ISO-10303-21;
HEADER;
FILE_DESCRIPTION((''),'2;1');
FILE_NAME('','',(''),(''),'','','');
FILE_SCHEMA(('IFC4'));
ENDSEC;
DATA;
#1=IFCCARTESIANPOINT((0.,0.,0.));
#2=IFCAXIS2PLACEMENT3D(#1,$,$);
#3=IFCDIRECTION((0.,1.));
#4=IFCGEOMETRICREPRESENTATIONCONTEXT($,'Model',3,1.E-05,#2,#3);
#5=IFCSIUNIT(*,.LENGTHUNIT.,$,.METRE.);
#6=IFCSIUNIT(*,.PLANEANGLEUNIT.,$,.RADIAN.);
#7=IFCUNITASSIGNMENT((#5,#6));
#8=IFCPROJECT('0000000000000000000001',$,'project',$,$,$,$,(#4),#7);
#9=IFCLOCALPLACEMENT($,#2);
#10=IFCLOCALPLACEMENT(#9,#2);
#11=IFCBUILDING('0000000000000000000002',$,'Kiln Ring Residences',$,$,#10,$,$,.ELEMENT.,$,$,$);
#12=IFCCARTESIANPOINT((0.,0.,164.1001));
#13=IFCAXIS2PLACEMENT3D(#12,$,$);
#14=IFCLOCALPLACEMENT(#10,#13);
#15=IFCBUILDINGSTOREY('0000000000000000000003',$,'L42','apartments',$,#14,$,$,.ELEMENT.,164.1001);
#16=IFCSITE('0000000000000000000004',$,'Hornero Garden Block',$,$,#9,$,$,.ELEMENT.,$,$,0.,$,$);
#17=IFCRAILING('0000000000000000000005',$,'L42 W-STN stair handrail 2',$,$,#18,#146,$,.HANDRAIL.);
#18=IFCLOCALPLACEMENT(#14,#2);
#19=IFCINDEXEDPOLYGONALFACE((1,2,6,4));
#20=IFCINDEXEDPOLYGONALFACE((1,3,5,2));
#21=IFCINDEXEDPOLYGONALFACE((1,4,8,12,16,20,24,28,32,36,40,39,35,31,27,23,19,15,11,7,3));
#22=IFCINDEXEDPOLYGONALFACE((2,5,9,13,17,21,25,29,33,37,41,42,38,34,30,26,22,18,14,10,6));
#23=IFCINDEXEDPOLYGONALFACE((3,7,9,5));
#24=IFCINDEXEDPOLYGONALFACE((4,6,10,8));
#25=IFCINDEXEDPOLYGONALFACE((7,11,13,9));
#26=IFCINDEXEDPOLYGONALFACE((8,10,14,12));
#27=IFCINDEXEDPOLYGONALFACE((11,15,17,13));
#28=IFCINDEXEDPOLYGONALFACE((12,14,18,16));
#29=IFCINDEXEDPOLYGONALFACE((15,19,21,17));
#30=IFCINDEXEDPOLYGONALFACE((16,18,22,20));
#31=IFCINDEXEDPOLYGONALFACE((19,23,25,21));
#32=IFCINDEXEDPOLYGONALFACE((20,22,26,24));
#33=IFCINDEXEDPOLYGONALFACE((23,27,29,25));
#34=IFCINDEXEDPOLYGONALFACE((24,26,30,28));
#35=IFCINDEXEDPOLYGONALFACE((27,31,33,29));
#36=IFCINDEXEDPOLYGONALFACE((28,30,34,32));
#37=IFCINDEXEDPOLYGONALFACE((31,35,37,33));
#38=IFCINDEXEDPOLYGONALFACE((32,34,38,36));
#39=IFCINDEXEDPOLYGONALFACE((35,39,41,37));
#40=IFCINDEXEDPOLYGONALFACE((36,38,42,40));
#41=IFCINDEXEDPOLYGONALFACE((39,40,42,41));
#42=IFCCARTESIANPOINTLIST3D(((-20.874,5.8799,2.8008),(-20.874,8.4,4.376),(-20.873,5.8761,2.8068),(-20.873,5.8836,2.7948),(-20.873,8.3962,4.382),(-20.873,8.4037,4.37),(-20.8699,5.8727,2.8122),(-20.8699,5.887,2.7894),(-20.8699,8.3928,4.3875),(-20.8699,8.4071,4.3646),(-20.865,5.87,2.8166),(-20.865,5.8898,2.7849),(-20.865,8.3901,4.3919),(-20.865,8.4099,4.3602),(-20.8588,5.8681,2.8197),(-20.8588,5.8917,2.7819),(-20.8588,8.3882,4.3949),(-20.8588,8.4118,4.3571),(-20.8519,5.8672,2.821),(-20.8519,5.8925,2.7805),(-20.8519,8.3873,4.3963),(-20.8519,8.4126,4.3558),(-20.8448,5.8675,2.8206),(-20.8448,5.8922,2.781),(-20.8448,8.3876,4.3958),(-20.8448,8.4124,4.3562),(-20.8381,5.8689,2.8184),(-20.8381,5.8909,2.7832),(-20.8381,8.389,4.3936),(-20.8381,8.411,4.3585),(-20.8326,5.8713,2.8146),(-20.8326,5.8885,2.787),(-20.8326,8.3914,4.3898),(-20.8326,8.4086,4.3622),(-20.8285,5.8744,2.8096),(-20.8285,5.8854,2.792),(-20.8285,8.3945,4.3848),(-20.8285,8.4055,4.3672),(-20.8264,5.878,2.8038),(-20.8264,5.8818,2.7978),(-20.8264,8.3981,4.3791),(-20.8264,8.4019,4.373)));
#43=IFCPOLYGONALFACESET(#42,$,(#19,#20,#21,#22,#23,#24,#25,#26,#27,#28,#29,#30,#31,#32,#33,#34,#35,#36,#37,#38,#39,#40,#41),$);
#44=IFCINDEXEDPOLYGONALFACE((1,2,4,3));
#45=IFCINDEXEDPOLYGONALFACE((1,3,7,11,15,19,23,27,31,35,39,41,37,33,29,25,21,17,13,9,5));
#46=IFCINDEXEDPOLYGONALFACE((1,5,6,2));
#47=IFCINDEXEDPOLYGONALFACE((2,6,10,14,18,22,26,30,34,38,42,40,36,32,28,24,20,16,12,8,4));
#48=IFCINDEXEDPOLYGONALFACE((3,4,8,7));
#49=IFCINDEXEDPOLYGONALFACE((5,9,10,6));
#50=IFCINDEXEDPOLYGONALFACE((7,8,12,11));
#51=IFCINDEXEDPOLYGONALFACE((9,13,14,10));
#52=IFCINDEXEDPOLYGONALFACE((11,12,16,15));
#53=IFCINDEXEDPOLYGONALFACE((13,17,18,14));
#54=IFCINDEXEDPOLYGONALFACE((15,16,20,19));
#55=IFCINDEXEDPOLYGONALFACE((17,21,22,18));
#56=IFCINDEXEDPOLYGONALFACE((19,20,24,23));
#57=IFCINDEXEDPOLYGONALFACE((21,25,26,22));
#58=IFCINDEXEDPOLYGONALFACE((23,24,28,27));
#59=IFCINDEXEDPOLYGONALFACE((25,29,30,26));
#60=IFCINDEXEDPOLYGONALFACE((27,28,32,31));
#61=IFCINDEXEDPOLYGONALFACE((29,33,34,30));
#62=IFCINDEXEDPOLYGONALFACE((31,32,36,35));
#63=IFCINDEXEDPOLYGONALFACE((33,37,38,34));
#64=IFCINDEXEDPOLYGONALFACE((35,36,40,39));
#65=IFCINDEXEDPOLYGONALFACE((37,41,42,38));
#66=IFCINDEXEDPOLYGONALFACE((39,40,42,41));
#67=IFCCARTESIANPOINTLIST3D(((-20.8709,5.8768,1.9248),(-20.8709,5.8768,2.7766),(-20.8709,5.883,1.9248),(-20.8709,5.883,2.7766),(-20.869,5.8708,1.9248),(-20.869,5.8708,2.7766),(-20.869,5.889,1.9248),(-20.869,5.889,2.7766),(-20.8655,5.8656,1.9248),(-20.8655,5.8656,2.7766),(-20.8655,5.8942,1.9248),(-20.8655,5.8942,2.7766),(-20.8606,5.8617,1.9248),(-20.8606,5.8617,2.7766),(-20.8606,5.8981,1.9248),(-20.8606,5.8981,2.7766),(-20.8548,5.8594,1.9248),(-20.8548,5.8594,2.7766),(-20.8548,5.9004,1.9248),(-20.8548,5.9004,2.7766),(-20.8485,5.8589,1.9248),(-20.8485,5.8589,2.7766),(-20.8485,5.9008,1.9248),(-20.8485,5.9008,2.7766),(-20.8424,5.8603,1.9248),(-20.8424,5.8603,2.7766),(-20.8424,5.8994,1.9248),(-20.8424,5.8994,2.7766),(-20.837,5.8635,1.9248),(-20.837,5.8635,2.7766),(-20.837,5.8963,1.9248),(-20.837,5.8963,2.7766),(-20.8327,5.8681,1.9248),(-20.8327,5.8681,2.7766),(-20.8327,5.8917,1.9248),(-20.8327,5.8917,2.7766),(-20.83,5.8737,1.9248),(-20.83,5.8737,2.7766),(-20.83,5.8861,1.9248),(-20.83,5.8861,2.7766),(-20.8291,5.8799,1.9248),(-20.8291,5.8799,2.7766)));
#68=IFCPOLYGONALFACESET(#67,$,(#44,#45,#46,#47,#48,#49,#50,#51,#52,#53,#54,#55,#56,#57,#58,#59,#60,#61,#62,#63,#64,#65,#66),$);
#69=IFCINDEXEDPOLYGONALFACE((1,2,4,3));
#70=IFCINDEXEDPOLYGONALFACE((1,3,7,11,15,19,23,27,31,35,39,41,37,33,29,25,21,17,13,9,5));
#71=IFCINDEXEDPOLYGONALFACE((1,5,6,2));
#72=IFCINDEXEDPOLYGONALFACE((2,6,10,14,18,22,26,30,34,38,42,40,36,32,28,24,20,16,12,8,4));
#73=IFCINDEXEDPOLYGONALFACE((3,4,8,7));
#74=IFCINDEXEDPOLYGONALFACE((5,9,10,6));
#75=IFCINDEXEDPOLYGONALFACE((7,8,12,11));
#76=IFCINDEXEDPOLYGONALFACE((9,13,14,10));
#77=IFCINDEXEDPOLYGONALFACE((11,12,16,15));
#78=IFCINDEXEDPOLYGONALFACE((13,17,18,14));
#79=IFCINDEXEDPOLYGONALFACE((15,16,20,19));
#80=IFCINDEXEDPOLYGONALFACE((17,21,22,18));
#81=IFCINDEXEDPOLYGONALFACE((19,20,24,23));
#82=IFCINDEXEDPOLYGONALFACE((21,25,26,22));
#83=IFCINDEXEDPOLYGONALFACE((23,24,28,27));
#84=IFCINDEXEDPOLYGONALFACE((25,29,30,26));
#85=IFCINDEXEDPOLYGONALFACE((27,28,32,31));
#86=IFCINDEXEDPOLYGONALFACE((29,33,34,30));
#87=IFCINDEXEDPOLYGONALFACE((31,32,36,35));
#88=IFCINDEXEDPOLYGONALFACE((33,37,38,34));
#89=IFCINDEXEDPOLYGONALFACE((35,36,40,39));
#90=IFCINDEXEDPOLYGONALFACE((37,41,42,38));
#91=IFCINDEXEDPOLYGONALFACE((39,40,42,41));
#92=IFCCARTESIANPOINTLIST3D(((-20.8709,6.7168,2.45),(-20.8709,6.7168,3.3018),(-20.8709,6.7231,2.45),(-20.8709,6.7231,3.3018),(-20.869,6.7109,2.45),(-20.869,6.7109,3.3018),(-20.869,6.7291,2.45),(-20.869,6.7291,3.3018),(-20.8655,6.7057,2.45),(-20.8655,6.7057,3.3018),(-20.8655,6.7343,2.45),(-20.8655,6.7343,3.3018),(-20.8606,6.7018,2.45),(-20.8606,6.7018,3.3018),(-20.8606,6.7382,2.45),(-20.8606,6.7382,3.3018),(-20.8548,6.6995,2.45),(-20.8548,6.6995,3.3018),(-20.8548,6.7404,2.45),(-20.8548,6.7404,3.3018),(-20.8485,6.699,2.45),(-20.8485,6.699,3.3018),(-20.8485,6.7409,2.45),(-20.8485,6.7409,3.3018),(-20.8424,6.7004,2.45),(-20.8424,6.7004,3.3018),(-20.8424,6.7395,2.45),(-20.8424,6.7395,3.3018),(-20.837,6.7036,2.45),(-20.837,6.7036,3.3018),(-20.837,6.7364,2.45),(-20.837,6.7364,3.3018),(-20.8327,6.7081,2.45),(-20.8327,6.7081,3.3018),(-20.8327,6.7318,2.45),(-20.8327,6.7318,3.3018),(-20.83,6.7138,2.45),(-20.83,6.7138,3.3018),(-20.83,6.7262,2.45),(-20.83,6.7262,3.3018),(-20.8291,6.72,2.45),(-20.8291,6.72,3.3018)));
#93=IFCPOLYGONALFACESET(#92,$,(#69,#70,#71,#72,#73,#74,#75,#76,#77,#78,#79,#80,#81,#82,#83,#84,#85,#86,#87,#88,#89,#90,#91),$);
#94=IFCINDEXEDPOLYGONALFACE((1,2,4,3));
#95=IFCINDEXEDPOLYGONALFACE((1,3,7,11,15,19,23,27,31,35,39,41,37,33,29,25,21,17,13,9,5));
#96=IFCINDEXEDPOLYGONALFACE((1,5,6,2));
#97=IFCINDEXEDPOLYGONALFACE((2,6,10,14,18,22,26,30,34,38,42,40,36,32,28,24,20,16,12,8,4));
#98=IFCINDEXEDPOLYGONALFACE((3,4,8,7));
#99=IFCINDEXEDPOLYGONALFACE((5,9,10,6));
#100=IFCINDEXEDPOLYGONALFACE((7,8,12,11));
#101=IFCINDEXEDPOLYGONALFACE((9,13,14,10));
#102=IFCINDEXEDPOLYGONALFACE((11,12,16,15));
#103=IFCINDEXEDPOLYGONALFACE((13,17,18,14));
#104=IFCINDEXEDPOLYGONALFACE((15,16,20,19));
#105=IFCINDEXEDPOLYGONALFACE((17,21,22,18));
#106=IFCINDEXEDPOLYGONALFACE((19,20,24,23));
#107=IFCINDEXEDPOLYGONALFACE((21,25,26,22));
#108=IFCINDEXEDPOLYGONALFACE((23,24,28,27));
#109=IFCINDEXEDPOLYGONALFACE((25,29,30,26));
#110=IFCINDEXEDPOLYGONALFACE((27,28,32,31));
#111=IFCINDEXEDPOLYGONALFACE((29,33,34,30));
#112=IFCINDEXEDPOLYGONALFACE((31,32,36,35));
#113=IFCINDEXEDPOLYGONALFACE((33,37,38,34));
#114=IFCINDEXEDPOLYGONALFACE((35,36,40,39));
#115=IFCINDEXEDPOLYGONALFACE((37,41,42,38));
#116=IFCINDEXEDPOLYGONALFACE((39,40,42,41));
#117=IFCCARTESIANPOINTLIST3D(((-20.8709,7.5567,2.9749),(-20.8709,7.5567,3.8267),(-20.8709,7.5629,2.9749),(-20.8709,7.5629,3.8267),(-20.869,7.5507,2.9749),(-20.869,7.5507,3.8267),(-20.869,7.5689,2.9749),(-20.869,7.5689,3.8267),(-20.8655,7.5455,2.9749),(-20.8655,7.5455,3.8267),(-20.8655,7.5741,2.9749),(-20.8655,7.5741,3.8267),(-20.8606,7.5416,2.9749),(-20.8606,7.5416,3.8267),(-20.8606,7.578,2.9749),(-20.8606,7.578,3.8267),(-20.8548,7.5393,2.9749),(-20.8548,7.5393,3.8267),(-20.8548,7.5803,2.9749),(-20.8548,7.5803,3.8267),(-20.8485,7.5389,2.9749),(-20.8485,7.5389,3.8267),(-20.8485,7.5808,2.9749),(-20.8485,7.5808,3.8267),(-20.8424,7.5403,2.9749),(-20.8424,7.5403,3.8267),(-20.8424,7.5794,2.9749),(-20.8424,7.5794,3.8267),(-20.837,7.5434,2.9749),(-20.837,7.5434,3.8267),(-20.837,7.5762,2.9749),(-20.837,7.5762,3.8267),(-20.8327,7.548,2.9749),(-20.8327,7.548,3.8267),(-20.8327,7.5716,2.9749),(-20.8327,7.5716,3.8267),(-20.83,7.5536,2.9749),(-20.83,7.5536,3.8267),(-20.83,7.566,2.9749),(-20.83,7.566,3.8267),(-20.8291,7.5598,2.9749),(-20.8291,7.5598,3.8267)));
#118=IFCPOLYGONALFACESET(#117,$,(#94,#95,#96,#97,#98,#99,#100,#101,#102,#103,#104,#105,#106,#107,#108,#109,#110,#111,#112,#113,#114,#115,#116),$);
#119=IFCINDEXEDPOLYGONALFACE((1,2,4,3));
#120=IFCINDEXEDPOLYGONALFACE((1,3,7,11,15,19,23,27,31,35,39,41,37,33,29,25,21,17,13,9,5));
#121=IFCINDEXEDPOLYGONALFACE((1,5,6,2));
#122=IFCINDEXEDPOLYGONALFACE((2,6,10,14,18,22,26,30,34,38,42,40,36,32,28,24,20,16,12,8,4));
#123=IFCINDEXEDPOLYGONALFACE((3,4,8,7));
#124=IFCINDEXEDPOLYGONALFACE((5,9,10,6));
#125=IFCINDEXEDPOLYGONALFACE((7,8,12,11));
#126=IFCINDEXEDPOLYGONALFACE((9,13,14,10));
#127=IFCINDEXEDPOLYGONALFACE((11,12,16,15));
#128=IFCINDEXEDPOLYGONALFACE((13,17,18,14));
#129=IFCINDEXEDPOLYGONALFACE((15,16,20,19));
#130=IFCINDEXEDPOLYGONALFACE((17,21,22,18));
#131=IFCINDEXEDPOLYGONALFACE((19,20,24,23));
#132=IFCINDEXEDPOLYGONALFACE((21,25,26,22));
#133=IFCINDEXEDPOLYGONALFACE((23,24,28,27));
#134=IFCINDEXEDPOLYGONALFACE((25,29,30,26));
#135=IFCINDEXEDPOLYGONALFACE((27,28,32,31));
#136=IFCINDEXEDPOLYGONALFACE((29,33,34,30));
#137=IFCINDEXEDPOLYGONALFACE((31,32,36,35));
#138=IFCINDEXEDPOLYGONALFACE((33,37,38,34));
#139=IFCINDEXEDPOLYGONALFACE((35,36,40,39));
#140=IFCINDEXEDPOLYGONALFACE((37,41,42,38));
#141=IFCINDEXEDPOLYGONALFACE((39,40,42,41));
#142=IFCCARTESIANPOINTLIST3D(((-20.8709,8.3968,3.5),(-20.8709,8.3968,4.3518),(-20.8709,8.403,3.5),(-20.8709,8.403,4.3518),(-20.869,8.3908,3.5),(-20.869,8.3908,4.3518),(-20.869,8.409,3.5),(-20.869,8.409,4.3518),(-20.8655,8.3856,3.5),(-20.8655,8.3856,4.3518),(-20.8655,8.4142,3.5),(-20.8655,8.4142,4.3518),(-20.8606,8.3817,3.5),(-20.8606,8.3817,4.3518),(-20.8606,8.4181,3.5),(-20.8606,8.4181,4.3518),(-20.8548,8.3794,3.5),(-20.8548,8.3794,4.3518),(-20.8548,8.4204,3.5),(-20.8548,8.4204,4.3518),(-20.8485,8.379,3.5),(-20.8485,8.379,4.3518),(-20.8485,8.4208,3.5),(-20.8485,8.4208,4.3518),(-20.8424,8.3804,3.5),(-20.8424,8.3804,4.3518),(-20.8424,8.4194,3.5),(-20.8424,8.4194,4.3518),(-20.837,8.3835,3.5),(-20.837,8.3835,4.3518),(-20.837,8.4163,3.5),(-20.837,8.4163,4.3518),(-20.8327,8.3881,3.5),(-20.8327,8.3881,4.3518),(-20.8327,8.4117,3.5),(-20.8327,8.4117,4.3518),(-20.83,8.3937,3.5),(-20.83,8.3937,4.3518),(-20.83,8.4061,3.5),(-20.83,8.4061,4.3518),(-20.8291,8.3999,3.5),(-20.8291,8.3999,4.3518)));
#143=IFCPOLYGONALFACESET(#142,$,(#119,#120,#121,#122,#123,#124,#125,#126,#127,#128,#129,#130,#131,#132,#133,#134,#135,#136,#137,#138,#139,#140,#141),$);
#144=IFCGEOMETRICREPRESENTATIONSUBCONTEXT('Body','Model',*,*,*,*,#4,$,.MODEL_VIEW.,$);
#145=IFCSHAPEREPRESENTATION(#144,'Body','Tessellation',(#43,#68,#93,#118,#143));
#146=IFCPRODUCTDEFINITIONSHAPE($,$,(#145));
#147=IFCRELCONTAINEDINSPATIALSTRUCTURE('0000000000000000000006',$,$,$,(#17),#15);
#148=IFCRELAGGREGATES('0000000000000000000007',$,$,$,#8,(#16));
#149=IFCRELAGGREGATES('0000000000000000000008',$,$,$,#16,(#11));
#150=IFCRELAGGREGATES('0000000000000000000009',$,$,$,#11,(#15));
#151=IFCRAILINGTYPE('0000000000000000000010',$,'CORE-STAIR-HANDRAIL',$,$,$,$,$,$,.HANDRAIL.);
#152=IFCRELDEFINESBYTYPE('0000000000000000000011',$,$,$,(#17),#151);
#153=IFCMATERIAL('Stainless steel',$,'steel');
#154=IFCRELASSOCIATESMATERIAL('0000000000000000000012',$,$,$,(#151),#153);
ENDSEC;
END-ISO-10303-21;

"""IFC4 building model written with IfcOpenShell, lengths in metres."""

from ifc_helpers import new_model, si_unit, direction, frame, origin, origin_2d, place, context, subcontext, project, spatial, circle, extrude, material, type_object, element, save


model = new_model("IFC4")

# Units and contexts
model_context = context("Model", 3, precision=1e-05, world=origin(), true_north=direction((0.0, 1.0)))
body_context = subcontext(model_context, "Body", "Model", "MODEL_VIEW")
ifc_project = project(units=[si_unit("LENGTHUNIT", "METRE"), si_unit("PLANEANGLEUNIT", "RADIAN")], contexts=[model_context])

# Site, building, storey
site_placement = place(None, origin())
site = spatial("IfcSite", under=ifc_project, at=site_placement, Name="Hornero Garden Block", CompositionType="ELEMENT", RefElevation=0.0)
building_placement = place(site_placement, origin())
building = spatial("IfcBuilding", under=site, at=building_placement, Name="Kiln Ring Residences", CompositionType="ELEMENT")
storey_placement = place(building_placement, frame((0.0, 0.0, 164.1001)))
storey = spatial("IfcBuildingStorey", under=building, at=storey_placement, Name="L42", Description="apartments", CompositionType="ELEMENT", Elevation=164.1001)

# Railing
ifc_material_1 = material(Name="Stainless steel", Category="steel")
railing_type_1 = type_object("IfcRailingType", Name="CORE-STAIR-HANDRAIL", PredefinedType="HANDRAIL", material=ifc_material_1)
railing_1_placement = place(storey_placement, frame((-20.8501, 5.8799, 1.9248)))
element("IfcRailing", 1, at=railing_1_placement, inside=storey, type_object=railing_type_1, Name="L42 W-STN stair handrail 2", PredefinedType="HANDRAIL", context=body_context, shape_type="SweptSolid", body=[
    extrude(circle(Radius=0.0239, at=origin_2d()), frame((0.0, 0.0, 0.876), z_axis=(0.0, 0.847971, 0.530043), x_axis=(-1.0, 0.0, 0.0)), (0.0, 0.0, 1.0), 2.9719),
    extrude(circle(Radius=0.021, at=origin_2d()), origin(), (0.0, 0.0, 1.0), 0.8518),
    extrude(circle(Radius=0.021, at=origin_2d()), frame((0.0, 0.8401, 0.5251)), (0.0, 0.0, 1.0), 0.8518),
    extrude(circle(Radius=0.021, at=origin_2d()), frame((0.0, 1.6799, 1.05)), (0.0, 0.0, 1.0), 0.8518),
    extrude(circle(Radius=0.021, at=origin_2d()), frame((0.0, 2.52, 1.5752)), (0.0, 0.0, 1.0), 0.8518),
])

save(model, "model.ifc")
